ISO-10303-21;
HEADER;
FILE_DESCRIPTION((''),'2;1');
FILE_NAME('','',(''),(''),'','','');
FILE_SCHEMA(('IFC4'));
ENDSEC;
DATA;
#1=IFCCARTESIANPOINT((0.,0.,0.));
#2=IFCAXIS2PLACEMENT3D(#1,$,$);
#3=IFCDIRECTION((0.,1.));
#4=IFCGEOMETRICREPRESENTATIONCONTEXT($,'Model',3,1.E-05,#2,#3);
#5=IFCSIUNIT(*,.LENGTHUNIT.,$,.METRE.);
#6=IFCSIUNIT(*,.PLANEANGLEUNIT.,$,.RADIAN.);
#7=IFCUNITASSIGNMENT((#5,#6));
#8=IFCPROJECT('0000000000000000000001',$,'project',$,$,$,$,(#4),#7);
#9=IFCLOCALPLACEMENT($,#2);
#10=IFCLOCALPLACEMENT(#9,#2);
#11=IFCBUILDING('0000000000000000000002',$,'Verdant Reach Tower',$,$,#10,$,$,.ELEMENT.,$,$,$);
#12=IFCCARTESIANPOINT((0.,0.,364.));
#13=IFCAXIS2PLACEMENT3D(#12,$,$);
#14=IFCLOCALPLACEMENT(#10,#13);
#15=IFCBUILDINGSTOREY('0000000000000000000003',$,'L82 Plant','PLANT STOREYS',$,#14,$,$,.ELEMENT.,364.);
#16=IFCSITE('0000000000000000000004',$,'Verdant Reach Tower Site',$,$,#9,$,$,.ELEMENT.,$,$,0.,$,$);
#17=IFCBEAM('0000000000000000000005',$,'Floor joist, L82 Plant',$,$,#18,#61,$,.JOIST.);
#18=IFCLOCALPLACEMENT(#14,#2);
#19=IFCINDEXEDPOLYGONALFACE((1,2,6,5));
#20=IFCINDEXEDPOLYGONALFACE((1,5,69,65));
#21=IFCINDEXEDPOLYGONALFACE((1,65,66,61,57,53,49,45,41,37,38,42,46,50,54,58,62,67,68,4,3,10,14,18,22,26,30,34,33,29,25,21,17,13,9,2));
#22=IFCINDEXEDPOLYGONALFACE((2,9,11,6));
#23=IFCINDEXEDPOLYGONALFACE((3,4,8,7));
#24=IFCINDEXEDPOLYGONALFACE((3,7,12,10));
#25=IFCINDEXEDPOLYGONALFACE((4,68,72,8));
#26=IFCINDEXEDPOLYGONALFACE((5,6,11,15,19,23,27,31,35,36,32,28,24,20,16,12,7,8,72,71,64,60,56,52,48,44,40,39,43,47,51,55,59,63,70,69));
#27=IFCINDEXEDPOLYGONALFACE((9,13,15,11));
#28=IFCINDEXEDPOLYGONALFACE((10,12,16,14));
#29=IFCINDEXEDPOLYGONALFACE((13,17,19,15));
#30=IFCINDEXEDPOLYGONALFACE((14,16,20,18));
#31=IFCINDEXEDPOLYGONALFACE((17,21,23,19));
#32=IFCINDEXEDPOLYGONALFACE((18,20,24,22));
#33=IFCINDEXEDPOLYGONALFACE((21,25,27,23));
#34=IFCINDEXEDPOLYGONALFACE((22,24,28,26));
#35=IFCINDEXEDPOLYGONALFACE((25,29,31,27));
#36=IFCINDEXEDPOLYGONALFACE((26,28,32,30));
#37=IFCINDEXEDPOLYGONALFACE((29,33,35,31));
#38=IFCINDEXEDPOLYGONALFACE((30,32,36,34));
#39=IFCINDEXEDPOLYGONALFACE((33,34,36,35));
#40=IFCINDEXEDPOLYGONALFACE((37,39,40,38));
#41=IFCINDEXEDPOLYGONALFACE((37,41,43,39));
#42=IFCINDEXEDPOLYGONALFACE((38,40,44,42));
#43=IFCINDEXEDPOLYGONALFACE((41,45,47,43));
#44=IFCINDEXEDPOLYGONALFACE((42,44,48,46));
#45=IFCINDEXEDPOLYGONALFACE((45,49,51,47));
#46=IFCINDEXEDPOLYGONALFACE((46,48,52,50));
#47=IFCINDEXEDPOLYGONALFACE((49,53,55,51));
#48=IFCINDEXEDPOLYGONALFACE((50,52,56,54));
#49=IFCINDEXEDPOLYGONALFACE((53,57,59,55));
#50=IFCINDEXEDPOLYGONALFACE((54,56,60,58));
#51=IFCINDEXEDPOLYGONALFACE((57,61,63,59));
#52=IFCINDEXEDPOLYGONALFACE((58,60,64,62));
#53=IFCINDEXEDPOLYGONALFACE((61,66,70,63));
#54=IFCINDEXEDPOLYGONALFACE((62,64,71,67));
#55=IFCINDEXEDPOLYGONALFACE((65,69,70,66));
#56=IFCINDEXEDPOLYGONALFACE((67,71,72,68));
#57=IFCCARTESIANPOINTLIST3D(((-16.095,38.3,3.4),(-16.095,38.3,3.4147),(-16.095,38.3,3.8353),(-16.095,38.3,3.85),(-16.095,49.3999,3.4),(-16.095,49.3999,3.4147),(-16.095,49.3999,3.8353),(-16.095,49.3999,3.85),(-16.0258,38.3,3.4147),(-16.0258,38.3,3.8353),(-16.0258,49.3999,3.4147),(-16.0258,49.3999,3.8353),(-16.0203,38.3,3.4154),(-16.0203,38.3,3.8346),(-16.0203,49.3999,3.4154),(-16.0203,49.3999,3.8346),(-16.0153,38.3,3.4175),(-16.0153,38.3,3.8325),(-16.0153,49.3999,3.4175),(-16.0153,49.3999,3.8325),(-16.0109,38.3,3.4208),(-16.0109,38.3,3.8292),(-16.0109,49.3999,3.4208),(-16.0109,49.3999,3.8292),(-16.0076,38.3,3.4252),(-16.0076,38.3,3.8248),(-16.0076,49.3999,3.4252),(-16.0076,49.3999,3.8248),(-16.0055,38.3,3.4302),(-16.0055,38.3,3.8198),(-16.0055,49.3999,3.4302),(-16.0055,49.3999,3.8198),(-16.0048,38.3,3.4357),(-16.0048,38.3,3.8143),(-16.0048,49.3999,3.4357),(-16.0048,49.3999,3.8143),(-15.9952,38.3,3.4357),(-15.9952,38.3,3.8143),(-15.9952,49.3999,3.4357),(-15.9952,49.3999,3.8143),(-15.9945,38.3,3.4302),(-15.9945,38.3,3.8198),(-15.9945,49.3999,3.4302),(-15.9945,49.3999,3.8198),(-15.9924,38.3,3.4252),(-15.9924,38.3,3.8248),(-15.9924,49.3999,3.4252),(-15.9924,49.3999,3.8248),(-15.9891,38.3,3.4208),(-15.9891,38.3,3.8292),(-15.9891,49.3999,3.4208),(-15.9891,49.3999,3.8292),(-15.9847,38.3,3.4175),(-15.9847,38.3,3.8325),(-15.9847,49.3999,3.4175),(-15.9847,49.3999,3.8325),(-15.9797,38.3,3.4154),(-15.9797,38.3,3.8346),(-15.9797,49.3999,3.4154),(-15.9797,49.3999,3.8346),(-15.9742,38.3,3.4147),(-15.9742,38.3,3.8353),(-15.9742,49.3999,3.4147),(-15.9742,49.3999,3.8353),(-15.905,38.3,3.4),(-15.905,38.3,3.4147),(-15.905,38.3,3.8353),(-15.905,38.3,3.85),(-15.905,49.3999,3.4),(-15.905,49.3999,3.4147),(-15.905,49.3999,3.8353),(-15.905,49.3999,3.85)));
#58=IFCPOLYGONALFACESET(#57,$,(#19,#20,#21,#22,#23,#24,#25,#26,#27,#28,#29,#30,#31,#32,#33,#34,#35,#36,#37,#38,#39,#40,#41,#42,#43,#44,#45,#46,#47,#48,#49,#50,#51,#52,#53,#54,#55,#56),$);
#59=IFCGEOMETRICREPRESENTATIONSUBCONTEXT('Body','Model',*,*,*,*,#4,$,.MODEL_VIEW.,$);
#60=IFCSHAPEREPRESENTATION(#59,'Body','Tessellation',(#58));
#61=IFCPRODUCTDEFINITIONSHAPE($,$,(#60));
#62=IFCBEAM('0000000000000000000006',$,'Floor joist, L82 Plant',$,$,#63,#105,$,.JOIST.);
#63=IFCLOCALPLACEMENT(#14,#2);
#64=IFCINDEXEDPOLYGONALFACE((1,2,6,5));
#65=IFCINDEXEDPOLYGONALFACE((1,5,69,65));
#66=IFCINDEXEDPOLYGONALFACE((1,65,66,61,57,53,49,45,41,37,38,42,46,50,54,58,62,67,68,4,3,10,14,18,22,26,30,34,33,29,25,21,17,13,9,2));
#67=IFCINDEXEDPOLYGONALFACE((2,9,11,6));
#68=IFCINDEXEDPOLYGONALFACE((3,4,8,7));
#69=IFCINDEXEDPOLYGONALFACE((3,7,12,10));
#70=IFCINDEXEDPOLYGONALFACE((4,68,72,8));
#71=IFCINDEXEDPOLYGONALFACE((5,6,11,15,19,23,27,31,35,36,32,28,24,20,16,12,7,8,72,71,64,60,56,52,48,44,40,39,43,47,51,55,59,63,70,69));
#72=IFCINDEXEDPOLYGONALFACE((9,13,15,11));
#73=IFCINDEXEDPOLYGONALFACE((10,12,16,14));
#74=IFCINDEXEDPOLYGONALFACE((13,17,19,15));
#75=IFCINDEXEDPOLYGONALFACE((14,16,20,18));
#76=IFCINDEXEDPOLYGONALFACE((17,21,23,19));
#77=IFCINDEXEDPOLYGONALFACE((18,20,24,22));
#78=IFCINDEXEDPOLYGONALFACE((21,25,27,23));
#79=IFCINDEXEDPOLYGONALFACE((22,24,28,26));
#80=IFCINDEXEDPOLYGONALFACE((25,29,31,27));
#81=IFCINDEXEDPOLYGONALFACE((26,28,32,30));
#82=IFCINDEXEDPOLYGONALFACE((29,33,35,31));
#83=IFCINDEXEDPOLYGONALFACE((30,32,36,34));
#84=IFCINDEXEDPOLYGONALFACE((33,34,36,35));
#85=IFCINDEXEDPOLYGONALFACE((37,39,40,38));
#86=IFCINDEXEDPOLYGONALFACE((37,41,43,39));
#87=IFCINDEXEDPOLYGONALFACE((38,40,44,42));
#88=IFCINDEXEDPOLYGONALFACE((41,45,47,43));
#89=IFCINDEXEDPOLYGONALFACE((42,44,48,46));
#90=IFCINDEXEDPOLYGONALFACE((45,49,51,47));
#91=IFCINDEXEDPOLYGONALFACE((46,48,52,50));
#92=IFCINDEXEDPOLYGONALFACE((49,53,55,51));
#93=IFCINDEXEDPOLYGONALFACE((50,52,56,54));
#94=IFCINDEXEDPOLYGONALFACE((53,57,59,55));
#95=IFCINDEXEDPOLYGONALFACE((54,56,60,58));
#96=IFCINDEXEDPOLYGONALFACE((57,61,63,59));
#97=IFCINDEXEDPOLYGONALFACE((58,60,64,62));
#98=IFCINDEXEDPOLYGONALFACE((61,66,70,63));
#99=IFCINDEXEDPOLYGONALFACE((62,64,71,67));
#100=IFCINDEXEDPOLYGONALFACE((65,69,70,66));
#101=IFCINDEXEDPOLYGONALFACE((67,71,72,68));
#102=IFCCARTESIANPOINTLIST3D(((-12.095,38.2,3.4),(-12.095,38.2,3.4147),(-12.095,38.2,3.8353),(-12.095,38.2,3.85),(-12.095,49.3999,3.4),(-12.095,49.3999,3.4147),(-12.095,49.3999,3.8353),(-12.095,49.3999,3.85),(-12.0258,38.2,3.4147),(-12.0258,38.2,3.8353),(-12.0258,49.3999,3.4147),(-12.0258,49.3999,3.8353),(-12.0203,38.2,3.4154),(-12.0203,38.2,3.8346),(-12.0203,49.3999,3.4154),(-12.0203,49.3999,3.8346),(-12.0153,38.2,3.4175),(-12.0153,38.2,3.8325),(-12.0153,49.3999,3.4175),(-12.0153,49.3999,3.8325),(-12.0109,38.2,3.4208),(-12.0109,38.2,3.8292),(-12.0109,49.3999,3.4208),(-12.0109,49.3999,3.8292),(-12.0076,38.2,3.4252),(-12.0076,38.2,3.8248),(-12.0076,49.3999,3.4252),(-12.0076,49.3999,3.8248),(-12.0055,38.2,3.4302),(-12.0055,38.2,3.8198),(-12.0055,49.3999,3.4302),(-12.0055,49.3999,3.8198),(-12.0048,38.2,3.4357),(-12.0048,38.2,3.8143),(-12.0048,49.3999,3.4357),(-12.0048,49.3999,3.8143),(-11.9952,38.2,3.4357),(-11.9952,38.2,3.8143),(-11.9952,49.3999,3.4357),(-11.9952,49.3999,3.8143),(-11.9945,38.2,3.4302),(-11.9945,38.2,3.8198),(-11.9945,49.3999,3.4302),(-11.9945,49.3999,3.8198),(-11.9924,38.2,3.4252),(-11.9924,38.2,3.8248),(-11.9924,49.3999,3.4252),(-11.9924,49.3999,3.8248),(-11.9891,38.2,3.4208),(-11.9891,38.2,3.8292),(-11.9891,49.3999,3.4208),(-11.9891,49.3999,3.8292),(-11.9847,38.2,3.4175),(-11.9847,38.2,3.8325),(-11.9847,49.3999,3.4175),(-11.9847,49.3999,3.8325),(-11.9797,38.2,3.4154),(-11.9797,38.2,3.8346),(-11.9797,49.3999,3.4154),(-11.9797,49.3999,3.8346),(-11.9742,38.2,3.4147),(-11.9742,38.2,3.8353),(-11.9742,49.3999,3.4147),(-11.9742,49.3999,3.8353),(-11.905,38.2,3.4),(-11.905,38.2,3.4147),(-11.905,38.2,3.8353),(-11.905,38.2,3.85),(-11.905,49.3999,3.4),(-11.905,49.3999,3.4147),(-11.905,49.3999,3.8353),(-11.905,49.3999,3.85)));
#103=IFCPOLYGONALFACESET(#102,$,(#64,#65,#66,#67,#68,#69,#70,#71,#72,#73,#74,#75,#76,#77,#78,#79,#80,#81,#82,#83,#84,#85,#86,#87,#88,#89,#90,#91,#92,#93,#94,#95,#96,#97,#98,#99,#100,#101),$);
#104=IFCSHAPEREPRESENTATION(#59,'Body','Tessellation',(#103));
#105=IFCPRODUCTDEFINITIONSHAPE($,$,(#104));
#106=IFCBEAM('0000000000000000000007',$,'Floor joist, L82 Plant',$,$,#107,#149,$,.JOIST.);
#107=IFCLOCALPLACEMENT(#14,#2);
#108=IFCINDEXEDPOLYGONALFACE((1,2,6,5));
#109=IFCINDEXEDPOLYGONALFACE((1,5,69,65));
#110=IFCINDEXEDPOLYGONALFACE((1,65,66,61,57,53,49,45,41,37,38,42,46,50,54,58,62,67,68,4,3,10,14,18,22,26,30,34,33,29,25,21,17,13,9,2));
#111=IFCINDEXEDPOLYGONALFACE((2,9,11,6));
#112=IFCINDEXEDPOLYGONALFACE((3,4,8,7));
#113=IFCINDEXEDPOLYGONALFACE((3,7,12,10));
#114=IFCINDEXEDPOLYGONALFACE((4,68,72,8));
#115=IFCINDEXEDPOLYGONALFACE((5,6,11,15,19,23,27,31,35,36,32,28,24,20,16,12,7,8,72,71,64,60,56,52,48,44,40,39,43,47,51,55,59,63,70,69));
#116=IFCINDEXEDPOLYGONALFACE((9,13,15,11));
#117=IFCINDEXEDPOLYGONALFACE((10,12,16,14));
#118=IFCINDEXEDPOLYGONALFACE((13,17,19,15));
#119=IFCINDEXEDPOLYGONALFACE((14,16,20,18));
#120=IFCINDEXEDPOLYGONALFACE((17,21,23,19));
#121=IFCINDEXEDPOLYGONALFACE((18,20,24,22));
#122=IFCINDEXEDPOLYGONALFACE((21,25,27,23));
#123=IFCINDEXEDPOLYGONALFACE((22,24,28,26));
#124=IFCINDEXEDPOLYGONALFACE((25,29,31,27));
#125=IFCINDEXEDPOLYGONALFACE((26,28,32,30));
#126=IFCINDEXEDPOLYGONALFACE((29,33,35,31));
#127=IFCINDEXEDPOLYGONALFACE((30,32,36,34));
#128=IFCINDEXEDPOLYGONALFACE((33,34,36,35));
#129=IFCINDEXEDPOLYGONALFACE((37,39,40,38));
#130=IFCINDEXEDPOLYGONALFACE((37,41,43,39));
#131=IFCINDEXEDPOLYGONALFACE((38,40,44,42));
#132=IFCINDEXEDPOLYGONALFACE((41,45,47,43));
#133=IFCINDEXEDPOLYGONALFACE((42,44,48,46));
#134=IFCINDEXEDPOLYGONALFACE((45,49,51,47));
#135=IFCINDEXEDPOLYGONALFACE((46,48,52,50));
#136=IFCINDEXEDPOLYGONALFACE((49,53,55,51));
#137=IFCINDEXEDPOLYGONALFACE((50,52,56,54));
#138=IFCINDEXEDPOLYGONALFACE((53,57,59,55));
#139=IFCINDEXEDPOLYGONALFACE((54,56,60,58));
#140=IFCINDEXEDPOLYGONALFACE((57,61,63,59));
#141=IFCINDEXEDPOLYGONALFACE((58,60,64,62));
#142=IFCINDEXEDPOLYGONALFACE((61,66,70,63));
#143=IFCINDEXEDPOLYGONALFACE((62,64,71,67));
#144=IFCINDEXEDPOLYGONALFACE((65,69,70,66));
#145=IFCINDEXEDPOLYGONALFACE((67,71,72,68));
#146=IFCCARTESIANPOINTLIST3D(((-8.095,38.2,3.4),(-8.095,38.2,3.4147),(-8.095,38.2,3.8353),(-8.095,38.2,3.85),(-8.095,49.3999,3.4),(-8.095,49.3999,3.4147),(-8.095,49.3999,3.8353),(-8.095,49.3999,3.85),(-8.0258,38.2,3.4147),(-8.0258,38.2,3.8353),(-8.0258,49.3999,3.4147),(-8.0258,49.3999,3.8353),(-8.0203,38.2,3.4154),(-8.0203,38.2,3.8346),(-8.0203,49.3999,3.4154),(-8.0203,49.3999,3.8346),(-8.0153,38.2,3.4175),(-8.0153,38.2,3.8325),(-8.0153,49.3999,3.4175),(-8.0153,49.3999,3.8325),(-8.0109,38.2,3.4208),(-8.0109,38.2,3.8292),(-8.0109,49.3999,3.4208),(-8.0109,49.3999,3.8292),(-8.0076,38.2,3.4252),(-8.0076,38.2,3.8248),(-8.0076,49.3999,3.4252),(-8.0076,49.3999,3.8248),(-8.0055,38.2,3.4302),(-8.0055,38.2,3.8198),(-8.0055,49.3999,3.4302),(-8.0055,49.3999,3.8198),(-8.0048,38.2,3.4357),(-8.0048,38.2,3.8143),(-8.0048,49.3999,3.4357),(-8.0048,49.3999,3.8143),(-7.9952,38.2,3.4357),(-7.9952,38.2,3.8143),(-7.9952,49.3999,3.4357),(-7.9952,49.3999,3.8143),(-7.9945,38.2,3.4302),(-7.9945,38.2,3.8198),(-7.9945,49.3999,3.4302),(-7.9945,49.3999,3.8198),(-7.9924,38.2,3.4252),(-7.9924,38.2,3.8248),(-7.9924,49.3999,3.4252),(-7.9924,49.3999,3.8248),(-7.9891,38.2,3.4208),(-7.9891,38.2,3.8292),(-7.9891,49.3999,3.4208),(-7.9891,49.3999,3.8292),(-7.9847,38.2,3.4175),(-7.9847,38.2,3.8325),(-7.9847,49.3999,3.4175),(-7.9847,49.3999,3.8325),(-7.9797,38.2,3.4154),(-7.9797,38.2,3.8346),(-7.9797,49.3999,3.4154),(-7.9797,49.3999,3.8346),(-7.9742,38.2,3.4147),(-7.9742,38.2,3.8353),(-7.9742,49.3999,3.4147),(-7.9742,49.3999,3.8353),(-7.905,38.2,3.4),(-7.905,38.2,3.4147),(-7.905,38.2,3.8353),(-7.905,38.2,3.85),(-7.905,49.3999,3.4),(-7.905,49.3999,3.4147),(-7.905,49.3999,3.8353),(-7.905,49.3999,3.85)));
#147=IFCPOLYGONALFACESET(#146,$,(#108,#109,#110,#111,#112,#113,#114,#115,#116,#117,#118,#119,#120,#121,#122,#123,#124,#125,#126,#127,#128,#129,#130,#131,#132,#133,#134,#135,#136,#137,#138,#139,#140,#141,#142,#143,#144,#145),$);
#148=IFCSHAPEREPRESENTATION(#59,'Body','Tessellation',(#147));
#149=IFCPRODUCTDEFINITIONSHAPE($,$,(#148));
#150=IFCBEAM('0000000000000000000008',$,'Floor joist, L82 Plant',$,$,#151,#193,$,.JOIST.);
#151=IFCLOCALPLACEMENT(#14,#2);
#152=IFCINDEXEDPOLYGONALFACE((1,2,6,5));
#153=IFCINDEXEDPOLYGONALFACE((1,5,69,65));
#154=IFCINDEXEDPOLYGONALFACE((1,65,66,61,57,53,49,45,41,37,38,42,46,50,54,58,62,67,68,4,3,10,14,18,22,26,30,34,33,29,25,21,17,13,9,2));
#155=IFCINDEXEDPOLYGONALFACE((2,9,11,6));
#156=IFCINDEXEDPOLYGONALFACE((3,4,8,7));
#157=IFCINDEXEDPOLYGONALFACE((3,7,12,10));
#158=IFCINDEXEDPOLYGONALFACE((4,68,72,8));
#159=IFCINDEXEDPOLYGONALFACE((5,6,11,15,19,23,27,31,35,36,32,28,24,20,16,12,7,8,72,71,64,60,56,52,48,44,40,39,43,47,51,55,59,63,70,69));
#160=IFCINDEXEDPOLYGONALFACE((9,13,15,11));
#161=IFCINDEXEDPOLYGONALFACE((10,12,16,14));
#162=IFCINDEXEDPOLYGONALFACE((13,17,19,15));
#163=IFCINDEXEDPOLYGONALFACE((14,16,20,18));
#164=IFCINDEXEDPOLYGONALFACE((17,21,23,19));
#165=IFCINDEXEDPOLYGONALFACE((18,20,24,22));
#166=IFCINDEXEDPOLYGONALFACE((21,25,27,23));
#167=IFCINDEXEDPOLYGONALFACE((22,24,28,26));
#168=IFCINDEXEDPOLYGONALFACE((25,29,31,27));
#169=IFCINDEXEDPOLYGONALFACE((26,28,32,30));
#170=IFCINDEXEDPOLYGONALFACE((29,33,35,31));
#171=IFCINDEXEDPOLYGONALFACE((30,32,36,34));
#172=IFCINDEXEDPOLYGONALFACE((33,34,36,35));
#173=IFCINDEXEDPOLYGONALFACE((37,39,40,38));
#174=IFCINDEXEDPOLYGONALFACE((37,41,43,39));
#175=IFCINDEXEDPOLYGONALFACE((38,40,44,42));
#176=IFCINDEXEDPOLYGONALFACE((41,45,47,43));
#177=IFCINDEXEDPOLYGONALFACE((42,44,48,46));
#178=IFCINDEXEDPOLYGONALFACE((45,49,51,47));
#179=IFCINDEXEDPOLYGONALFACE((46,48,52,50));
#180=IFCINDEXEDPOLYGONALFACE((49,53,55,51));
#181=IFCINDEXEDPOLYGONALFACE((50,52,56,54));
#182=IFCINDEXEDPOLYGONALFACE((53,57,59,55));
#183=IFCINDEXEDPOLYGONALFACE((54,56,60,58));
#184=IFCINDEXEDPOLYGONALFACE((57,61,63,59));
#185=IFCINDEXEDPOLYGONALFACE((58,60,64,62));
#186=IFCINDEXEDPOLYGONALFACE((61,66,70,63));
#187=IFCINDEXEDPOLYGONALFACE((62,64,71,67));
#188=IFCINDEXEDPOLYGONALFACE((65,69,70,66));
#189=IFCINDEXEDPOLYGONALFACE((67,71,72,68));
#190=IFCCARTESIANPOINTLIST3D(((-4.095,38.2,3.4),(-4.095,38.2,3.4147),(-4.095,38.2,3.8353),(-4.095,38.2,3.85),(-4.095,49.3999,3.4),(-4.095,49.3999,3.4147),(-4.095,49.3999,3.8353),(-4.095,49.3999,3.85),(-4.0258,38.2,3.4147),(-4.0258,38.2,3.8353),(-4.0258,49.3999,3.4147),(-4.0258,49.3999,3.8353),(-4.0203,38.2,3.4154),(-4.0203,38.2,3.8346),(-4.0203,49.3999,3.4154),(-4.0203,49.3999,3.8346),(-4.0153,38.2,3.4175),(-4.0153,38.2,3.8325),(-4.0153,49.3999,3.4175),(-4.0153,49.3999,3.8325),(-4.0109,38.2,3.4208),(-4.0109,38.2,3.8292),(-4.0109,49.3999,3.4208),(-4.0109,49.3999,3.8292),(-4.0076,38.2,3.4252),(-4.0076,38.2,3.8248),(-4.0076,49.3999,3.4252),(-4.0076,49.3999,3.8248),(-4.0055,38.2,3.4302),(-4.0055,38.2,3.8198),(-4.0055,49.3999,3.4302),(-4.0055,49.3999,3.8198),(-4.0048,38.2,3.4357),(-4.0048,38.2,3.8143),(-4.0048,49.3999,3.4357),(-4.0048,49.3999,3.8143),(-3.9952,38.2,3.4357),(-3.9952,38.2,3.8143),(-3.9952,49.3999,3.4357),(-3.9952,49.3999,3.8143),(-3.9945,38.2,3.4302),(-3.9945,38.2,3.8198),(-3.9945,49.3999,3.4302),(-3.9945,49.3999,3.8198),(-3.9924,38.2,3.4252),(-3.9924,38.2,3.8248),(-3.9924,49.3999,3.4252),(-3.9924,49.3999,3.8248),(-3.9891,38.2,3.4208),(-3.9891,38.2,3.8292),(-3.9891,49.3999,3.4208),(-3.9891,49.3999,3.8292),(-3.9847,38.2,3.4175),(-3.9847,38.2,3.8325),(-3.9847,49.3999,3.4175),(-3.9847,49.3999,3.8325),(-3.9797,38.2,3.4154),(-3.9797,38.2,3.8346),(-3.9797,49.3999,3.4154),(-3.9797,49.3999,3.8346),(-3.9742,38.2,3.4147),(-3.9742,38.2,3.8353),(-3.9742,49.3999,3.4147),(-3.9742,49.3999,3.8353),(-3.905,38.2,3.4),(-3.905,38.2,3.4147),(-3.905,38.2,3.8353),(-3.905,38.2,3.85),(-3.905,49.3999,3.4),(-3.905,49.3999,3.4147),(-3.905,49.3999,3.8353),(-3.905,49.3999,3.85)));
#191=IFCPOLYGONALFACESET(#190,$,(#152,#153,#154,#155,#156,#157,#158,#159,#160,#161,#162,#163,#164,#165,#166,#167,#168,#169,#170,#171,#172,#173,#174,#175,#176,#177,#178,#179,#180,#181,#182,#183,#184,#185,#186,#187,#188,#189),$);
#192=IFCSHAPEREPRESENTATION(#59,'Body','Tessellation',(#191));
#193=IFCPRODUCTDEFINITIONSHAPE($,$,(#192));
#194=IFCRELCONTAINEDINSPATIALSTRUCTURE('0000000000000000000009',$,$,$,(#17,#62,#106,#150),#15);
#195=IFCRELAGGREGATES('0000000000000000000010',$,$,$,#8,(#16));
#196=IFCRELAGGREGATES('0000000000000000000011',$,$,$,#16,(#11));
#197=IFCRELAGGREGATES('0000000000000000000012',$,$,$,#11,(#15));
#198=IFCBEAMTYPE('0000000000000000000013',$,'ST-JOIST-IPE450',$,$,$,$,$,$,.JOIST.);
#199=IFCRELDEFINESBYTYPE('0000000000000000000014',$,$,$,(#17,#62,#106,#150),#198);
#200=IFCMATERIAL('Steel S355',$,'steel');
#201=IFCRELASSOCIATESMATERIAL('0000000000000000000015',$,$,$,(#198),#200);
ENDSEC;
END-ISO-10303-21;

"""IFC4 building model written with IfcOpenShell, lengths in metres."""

from ifc_helpers import new_model, si_unit, direction, frame, origin, origin_2d, place, context, subcontext, project, spatial, i_section, extrude, material, material_profile, profile_set, type_object, element, save


model = new_model("IFC4")

# Units and contexts
model_context = context("Model", 3, precision=1e-05, world=origin(), true_north=direction((0.0, 1.0)))
body_context = subcontext(model_context, "Body", "Model", "MODEL_VIEW")
ifc_project = project(units=[si_unit("LENGTHUNIT", "METRE"), si_unit("PLANEANGLEUNIT", "RADIAN")], contexts=[model_context])

# Site, building, storey
site_placement = place(None, origin())
site = spatial("IfcSite", under=ifc_project, at=site_placement, Name="Verdant Reach Tower Site", CompositionType="ELEMENT", RefElevation=0.0)
building_placement = place(site_placement, origin())
building = spatial("IfcBuilding", under=site, at=building_placement, Name="Verdant Reach Tower", CompositionType="ELEMENT")
storey_placement = place(building_placement, frame((0.0, 0.0, 364.0)))
storey = spatial("IfcBuildingStorey", under=building, at=storey_placement, Name="L82 Plant", Description="PLANT STOREYS", CompositionType="ELEMENT", Elevation=364.0)

# Beams
ifc_material_1 = material(Name="Steel S355", Category="steel")
ifc_material_profile_1 = material_profile(ifc_material_1, i_section(OverallWidth=0.1899, OverallDepth=0.45, WebThickness=0.0095, FlangeThickness=0.0146, FilletRadius=0.021, at=origin_2d()), Name="IPE 450")
ifc_profile_set_1 = profile_set([ifc_material_profile_1], Name="Steel S355")
beam_type_1 = type_object("IfcBeamType", Name="ST-JOIST-IPE450", PredefinedType="JOIST", material=ifc_profile_set_1)
beam_1_placement = place(storey_placement, frame((-16.0, 38.3, 3.625), z_axis=(0.0, 1.0, 0.0), x_axis=(-1.0, 0.0, 0.0)))
element("IfcBeam", 1, at=beam_1_placement, inside=storey, type_object=beam_type_1, Name="Floor joist, L82 Plant", PredefinedType="JOIST", context=body_context, shape_type="SweptSolid", body=[
    extrude(i_section(OverallWidth=0.1899, OverallDepth=0.45, WebThickness=0.0095, FlangeThickness=0.0146, FilletRadius=0.021, at=origin_2d()), origin(), (0.0, 0.0, 1.0), 11.0999),
])
for number, where, z_axis, x_axis, name in (
    (2, (-12.0, 38.2, 3.625), (0.0, 1.0, 0.0), (-1.0, 0.0, 0.0), "Floor joist, L82 Plant"),
    (3, (-8.0, 38.2, 3.625), (0.0, 1.0, 0.0), (-1.0, 0.0, 0.0), "Floor joist, L82 Plant"),
    (4, (-4.0, 38.2, 3.625), (0.0, 1.0, 0.0), (-1.0, 0.0, 0.0), "Floor joist, L82 Plant"),
):
    element("IfcBeam", number, at=place(storey_placement, frame(where, z_axis=z_axis, x_axis=x_axis)), inside=storey, type_object=beam_type_1, Name=name, PredefinedType="JOIST", context=body_context, shape_type="SweptSolid", body=[
        extrude(i_section(OverallWidth=0.1899, OverallDepth=0.45, WebThickness=0.0095, FlangeThickness=0.0146, FilletRadius=0.021, at=origin_2d()), origin(), (0.0, 0.0, 1.0), 11.2),
    ])

save(model, "model.ifc")
